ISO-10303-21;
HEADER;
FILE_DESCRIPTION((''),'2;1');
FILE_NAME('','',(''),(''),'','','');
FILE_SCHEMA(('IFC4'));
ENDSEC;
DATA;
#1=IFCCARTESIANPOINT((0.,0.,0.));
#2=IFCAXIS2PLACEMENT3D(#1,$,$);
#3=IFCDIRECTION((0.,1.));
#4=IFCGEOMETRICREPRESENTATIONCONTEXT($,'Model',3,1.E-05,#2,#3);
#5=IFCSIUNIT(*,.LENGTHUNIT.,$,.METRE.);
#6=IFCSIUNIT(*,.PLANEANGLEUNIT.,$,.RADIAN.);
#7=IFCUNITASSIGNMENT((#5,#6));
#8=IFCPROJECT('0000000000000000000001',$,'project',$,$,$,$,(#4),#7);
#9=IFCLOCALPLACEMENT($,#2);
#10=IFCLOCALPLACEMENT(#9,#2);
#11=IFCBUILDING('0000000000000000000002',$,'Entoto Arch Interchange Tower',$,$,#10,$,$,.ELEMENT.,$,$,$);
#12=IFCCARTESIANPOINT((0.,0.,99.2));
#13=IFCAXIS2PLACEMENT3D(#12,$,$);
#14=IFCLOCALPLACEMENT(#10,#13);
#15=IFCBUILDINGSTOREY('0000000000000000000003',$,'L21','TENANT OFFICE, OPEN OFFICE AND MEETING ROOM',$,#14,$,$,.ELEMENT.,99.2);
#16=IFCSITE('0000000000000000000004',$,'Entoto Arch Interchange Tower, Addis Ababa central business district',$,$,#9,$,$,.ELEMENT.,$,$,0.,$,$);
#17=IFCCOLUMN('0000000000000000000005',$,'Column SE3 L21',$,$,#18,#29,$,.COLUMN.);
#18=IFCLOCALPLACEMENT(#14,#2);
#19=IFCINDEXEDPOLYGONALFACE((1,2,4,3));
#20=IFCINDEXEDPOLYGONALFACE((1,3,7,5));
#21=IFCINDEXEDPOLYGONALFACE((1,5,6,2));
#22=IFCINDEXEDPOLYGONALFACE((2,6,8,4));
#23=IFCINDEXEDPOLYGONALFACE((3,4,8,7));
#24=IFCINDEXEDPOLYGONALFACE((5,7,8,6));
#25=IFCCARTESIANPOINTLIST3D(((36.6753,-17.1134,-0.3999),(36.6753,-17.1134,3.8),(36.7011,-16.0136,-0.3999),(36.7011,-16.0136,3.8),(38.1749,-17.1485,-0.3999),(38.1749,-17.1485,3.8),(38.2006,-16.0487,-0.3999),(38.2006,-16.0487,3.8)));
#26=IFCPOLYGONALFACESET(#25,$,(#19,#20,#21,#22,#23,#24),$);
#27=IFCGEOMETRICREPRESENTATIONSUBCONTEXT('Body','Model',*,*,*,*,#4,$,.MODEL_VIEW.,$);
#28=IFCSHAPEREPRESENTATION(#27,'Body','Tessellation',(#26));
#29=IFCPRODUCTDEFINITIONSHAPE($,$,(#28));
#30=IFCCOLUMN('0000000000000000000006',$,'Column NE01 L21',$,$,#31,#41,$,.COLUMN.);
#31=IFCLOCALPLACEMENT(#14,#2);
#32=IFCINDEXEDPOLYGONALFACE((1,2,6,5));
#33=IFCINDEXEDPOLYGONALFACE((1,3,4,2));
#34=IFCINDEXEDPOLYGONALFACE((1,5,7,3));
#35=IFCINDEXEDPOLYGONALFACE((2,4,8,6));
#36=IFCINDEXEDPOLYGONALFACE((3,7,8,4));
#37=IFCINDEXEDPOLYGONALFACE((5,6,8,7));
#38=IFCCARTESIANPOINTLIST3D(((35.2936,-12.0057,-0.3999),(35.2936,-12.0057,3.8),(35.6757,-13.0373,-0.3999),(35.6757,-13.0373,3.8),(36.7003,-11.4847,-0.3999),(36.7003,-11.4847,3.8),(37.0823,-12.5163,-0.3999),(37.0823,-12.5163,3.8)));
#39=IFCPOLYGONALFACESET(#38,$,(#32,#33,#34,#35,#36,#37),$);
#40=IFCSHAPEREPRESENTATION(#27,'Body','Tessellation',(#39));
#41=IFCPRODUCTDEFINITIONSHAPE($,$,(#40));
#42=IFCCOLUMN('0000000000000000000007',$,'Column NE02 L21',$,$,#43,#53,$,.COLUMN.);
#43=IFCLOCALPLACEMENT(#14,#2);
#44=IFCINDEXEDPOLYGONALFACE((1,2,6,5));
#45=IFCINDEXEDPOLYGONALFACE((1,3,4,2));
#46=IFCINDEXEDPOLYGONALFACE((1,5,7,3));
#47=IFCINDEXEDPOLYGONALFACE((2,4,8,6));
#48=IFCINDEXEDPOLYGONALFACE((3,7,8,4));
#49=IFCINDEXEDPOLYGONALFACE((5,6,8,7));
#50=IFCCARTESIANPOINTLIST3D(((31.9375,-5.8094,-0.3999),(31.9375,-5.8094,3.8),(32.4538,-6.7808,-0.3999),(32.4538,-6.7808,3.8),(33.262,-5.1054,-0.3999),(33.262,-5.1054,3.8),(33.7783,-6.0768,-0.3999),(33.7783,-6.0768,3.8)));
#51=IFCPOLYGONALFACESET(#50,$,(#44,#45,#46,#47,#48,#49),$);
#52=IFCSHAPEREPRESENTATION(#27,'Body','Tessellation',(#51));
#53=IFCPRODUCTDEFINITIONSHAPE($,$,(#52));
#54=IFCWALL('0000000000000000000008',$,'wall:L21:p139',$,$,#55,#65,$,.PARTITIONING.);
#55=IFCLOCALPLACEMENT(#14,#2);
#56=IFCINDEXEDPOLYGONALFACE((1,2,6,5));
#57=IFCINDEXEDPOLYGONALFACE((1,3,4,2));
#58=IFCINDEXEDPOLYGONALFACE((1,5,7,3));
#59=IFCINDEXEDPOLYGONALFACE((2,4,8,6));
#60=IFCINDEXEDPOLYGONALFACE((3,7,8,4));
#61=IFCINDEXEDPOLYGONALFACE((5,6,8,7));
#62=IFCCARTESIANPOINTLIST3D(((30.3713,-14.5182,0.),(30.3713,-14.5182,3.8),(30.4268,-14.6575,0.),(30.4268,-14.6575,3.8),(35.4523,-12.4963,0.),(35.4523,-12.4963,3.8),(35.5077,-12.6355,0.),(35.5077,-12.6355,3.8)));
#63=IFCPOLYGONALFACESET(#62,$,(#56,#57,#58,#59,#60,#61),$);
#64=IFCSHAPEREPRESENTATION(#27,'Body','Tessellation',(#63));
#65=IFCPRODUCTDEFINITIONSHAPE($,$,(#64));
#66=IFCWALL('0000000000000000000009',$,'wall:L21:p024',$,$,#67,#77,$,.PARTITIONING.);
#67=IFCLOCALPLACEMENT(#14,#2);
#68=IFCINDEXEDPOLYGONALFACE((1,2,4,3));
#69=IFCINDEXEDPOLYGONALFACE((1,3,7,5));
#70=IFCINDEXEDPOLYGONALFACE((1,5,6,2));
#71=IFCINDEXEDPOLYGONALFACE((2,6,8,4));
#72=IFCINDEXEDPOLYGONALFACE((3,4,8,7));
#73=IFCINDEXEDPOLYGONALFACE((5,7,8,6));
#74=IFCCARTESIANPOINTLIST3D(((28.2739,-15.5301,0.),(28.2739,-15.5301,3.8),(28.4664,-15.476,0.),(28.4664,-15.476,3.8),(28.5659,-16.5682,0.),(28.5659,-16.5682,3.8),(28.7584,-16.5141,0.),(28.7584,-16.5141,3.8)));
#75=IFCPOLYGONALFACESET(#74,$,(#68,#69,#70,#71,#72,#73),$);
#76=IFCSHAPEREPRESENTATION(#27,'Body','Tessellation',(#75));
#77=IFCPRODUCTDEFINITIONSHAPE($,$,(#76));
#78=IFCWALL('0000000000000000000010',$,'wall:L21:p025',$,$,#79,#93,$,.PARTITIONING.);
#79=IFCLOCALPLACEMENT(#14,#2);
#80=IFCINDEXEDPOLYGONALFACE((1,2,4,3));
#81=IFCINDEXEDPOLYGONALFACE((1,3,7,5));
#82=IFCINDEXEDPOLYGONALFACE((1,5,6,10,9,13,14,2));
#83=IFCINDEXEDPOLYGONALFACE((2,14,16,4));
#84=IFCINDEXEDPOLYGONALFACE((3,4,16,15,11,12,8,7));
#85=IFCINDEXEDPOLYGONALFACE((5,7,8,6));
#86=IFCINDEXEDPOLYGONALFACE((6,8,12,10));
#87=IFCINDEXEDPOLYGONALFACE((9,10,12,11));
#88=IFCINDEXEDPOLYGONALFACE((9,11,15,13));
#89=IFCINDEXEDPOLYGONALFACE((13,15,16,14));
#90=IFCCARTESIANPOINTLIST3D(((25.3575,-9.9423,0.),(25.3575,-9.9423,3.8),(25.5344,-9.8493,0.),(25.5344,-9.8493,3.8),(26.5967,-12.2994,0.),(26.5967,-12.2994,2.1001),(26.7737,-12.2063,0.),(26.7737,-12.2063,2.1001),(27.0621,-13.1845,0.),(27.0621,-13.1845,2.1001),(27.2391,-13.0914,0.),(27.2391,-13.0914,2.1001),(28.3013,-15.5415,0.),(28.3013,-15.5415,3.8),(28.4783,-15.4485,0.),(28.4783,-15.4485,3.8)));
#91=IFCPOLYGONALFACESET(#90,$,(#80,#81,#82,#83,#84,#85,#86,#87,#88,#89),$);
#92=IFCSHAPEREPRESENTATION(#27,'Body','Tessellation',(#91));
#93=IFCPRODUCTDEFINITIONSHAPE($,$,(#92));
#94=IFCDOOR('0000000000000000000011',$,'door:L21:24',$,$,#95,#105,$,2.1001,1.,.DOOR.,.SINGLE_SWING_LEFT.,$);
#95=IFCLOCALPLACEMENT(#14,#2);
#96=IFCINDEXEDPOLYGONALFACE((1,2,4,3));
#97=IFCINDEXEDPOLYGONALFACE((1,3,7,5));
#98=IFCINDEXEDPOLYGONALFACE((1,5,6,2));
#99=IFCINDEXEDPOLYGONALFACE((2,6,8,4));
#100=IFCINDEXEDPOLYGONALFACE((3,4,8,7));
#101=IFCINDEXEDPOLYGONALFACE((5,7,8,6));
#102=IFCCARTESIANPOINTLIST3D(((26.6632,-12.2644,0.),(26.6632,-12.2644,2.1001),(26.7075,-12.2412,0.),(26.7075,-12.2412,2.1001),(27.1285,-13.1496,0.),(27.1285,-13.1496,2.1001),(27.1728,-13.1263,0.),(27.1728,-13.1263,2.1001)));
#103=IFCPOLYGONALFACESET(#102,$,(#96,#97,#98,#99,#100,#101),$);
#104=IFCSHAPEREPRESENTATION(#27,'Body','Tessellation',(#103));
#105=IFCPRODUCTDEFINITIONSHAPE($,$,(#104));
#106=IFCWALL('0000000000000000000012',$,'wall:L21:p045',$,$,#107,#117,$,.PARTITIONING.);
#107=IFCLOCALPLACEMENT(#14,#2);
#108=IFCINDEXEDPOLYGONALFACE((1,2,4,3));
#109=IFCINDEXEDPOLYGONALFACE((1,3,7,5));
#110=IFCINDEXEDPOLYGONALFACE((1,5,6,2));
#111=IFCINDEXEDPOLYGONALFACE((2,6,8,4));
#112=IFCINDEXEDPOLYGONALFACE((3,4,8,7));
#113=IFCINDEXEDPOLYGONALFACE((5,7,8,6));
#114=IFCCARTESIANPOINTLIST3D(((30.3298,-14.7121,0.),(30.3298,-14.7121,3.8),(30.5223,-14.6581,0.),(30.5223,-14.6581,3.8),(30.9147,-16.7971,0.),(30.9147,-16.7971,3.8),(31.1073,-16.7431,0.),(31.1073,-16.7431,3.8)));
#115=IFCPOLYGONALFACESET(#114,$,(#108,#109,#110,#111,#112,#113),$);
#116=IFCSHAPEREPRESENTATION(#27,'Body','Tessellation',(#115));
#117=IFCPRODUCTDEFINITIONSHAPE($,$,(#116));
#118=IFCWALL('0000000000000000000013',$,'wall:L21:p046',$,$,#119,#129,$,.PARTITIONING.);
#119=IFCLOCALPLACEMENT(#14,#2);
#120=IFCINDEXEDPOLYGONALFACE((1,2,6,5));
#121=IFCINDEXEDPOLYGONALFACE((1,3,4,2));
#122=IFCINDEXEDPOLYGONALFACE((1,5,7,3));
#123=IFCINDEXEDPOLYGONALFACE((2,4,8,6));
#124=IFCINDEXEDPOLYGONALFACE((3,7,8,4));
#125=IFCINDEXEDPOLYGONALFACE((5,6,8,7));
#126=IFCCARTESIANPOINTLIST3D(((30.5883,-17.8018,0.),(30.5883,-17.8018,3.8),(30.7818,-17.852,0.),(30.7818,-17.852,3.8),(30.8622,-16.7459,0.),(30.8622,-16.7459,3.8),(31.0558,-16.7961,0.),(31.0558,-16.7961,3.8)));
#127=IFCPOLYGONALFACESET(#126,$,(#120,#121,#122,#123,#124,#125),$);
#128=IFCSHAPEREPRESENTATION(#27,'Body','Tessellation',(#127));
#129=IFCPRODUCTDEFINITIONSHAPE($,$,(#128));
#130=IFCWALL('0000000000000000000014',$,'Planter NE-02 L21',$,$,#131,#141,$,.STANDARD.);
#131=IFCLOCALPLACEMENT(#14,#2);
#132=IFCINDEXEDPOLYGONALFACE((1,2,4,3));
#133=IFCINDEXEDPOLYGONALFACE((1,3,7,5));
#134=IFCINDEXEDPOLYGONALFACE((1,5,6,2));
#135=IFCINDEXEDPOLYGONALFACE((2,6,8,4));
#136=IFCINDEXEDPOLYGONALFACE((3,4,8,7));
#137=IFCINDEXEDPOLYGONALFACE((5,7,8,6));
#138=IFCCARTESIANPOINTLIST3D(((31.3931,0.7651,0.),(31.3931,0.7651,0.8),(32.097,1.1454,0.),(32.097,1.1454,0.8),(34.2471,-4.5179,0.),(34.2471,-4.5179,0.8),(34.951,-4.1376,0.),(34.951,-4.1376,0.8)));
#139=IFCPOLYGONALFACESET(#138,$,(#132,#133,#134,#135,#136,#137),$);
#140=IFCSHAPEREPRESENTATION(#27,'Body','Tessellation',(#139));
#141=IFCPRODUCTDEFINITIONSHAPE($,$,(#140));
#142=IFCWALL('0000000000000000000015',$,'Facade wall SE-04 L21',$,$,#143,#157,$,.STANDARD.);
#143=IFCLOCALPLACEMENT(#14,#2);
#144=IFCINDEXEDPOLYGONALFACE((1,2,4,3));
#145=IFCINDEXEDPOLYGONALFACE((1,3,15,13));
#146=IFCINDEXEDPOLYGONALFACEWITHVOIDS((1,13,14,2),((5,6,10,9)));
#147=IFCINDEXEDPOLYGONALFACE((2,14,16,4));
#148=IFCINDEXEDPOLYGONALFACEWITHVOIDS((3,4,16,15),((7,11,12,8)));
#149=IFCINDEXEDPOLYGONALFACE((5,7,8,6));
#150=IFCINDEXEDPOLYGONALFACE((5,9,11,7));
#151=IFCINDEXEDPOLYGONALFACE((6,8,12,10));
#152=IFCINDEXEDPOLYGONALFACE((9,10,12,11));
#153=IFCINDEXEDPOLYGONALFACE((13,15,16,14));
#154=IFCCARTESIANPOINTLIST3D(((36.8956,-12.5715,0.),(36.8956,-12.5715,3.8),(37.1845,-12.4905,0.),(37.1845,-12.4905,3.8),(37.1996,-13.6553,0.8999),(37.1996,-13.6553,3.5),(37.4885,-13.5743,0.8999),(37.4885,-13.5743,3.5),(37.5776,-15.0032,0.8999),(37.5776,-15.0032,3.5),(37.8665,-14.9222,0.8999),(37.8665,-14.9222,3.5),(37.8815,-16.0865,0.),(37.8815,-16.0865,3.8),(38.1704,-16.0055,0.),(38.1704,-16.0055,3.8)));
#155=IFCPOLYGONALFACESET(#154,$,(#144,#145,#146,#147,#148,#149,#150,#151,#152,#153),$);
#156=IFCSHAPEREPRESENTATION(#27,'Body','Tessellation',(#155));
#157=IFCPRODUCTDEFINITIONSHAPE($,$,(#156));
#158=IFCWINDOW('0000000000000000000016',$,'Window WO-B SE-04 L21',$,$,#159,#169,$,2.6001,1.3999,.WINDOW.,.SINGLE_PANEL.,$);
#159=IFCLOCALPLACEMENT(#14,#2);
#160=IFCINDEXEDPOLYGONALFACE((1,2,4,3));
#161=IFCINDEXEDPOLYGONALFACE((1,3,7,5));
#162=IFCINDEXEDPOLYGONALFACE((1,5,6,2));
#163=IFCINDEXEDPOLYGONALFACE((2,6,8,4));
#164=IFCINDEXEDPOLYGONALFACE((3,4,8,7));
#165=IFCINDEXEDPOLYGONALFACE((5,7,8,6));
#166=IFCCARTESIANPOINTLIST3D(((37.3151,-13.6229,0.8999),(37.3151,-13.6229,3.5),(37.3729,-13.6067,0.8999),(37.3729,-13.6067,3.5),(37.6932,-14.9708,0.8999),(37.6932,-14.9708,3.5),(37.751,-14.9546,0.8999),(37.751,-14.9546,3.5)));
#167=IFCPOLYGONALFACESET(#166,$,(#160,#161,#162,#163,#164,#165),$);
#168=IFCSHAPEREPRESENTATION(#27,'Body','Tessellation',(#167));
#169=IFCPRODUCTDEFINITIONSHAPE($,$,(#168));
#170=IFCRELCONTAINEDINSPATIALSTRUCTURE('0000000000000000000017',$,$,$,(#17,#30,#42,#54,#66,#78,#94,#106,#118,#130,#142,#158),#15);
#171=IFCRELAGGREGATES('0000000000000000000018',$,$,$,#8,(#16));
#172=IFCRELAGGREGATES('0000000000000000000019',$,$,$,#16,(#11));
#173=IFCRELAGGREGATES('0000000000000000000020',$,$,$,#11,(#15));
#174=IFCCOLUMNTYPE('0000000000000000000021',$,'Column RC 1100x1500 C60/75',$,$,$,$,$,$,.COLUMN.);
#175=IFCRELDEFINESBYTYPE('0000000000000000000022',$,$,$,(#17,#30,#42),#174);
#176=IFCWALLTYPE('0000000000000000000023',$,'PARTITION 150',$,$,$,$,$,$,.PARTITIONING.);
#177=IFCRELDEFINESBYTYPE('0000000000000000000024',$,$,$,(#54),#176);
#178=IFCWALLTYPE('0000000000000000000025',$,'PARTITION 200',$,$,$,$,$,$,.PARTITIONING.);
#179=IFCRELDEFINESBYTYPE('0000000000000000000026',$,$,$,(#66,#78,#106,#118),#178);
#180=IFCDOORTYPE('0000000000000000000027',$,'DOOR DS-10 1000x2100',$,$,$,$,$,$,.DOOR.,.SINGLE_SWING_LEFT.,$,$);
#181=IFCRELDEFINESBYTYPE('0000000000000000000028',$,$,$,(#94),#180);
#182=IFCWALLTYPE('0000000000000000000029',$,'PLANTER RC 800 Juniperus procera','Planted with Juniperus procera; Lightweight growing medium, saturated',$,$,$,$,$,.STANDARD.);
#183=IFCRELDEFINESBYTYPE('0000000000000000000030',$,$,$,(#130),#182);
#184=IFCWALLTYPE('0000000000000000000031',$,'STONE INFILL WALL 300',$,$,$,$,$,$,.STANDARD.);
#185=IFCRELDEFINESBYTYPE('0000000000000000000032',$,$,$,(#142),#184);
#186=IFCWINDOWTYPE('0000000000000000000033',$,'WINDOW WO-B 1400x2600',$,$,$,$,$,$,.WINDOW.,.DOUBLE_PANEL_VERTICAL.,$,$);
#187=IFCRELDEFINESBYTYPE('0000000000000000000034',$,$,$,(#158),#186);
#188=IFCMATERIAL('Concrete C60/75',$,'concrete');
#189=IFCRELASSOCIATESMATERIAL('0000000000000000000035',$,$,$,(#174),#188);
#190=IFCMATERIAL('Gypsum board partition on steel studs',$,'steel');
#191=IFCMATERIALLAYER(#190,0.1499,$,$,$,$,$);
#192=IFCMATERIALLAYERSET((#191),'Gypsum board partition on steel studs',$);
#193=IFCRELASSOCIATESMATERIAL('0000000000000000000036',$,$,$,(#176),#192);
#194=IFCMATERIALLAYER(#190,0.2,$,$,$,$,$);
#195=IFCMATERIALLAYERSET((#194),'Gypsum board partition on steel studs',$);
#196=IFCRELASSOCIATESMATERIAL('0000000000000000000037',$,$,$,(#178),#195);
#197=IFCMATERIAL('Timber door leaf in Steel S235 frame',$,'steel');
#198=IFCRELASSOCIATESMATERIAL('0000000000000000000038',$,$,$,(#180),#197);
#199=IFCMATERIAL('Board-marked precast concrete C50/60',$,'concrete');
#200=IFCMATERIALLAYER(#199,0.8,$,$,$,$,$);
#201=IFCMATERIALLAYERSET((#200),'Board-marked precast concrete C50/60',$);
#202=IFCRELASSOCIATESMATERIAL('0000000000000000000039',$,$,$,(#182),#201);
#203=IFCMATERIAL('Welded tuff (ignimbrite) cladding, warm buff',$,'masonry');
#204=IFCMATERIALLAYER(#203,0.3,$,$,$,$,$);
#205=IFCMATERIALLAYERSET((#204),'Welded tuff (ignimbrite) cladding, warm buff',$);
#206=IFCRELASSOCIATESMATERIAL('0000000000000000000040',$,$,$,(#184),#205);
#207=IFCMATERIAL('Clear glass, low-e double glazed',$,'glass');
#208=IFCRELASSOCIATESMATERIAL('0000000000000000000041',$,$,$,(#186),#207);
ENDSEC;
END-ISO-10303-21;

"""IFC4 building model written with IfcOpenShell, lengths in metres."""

from ifc_helpers import new_model, si_unit, direction, frame, frame_2d, origin, origin_2d, place, context, subcontext, project, spatial, rectangle, extrude, material, layer, layer_set, material_profile, profile_set, type_object, element, fill, save


model = new_model("IFC4")

# Units and contexts
model_context = context("Model", 3, precision=1e-05, world=origin(), true_north=direction((0.0, 1.0)))
body_context = subcontext(model_context, "Body", "Model", "MODEL_VIEW")
ifc_project = project(units=[si_unit("LENGTHUNIT", "METRE"), si_unit("PLANEANGLEUNIT", "RADIAN")], contexts=[model_context])

# Site, building, storey
site_placement = place(None, origin())
site = spatial("IfcSite", under=ifc_project, at=site_placement, Name="Entoto Arch Interchange Tower, Addis Ababa central business district", CompositionType="ELEMENT", RefElevation=0.0)
building_placement = place(site_placement, origin())
building = spatial("IfcBuilding", under=site, at=building_placement, Name="Entoto Arch Interchange Tower", CompositionType="ELEMENT")
storey_placement = place(building_placement, frame((0.0, 0.0, 99.2)))
storey = spatial("IfcBuildingStorey", under=building, at=storey_placement, Name="L21", Description="TENANT OFFICE, OPEN OFFICE AND MEETING ROOM", CompositionType="ELEMENT", Elevation=99.2)

# Columns
ifc_material_1 = material(Name="Concrete C60/75", Category="concrete")
ifc_material_profile = material_profile(ifc_material_1, rectangle(XDim=1.1001, YDim=1.5, at=origin_2d()))
ifc_profile_set = profile_set([ifc_material_profile], Name="Concrete C60/75")
column_type = type_object("IfcColumnType", Name="Column RC 1100x1500 C60/75", PredefinedType="COLUMN", material=ifc_profile_set)
for number, where, z_axis, x_axis, name in (
    (1, (37.438, -16.5811, -0.3999), (0.0, 0.0, 1.0), (0.023385, 0.999727, 0.0), "Column SE3 L21"),
    (2, (36.188, -12.261, -0.3999), (0.0, 0.0, 1.0), (-0.347312, 0.93775, 0.0), "Column NE01 L21"),
    (3, (32.8579, -5.9431, -0.3999), (0.0, 0.0, 1.0), (-0.469333, 0.883021, 0.0), "Column NE02 L21"),
):
    element("IfcColumn", number, at=place(storey_placement, frame(where, z_axis=z_axis, x_axis=x_axis)), inside=storey, type_object=column_type, Name=name, PredefinedType="COLUMN", context=body_context, shape_type="SweptSolid", body=[
        extrude(rectangle(XDim=1.1001, YDim=1.5, at=origin_2d()), origin(), (0.0, 0.0, 1.0), 4.2),
    ])

# Walls
ifc_material_2 = material(Name="Gypsum board partition on steel studs", Category="steel")
ifc_layer_1 = layer(ifc_material_2, 0.1499)
ifc_layer_set_1 = layer_set([ifc_layer_1], Name="Gypsum board partition on steel studs")
wall_type_1 = type_object("IfcWallType", Name="PARTITION 150", PredefinedType="PARTITIONING", material=ifc_layer_set_1)
wall_1_placement = place(storey_placement, frame((30.3989, -14.5879, 0.0), z_axis=(0.0, 0.0, 1.0), x_axis=(0.929134, 0.369743, 0.0)))
element("IfcWall", 4, at=wall_1_placement, inside=storey, type_object=wall_type_1, Name="wall:L21:p139", PredefinedType="PARTITIONING", context=body_context, shape_type="SweptSolid", body=[
    extrude(rectangle(XDim=5.4685, YDim=0.1499, at=frame_2d((2.7344, 0.0))), origin(), (0.0, 0.0, 1.0), 3.8),
])
ifc_layer_2 = layer(ifc_material_2, 0.2)
ifc_layer_set_2 = layer_set([ifc_layer_2], Name="Gypsum board partition on steel studs")
wall_type_2 = type_object("IfcWallType", Name="PARTITION 200", PredefinedType="PARTITIONING", material=ifc_layer_set_2)
wall_2_placement = place(storey_placement, frame((28.6621, -16.541, 0.0), z_axis=(0.0, 0.0, 1.0), x_axis=(-0.270772, 0.962644, 0.0)))
element("IfcWall", 5, at=wall_2_placement, inside=storey, type_object=wall_type_2, Name="wall:L21:p024", PredefinedType="PARTITIONING", context=body_context, shape_type="SweptSolid", body=[
    extrude(rectangle(XDim=1.0784, YDim=0.2, at=frame_2d((0.5391, 0.0))), origin(), (0.0, 0.0, 1.0), 3.8),
])

# Wall, opening, door
wall_3_placement = place(storey_placement, frame((28.3899, -15.4951, 0.0), z_axis=(0.0, 0.0, 1.0), x_axis=(-0.465368, 0.885117, 0.0)))
wall_3 = element("IfcWall", 6, at=wall_3_placement, inside=storey, type_object=wall_type_2, Name="wall:L21:p025", PredefinedType="PARTITIONING", context=body_context, shape_type="SweptSolid", body=[
    extrude(rectangle(XDim=6.3259, YDim=0.2, at=frame_2d((3.1631, 0.0))), origin(), (0.0, 0.0, 1.0), 3.8),
])
opening_1_placement = place(wall_3_placement, frame((2.6631, 0.0, 0.0)))
opening_1 = element("IfcOpeningElement", 7, at=opening_1_placement, cuts=wall_3, PredefinedType="OPENING", context=body_context, shape_type="SweptSolid", body=[
    extrude(rectangle(XDim=1.0, YDim=2.1001, at=frame_2d((0.5, 1.05))), frame((0.0, 0.1099, 0.0), z_axis=(0.0, -1.0, 0.0), x_axis=(1.0, 0.0, 0.0)), (0.0, 0.0, 1.0), 0.22),
])
ifc_material_3 = material(Name="Timber door leaf in Steel S235 frame", Category="steel")
door_type_1 = type_object("IfcDoorType", Name="DOOR DS-10 1000x2100", OperationType="SINGLE_SWING_LEFT", PredefinedType="DOOR", material=ifc_material_3)
door_1_placement = place(opening_1_placement, origin())
door_1 = element("IfcDoor", 8, at=door_1_placement, inside=storey, type_object=door_type_1, Name="door:L21:24", OperationType="SINGLE_SWING_LEFT", OverallHeight=2.1001, OverallWidth=1.0, PredefinedType="DOOR", context=body_context, shape_type="SweptSolid", body=[
    extrude(rectangle(XDim=1.0, YDim=2.1001, at=frame_2d((0.5, 1.05))), frame((0.0, 0.0249, 0.0), z_axis=(0.0, -1.0, 0.0), x_axis=(1.0, 0.0, 0.0)), (0.0, 0.0, 1.0), 0.05),
])
fill(opening_1, door_1)

# Walls
wall_4_placement = place(storey_placement, frame((30.426, -14.6851, 0.0), z_axis=(0.0, 0.0, 1.0), x_axis=(0.270132, -0.962823, 0.0)))
element("IfcWall", 9, at=wall_4_placement, inside=storey, type_object=wall_type_2, Name="wall:L21:p045", PredefinedType="PARTITIONING", context=body_context, shape_type="SweptSolid", body=[
    extrude(rectangle(XDim=2.1655, YDim=0.2, at=frame_2d((1.0828, 0.0))), origin(), (0.0, 0.0, 1.0), 3.8),
])
wall_5_placement = place(storey_placement, frame((30.959, -16.771, 0.0), z_axis=(0.0, 0.0, 1.0), x_axis=(-0.25111, -0.967959, 0.0)))
element("IfcWall", 10, at=wall_5_placement, inside=storey, type_object=wall_type_2, Name="wall:L21:p046", PredefinedType="PARTITIONING", context=body_context, shape_type="SweptSolid", body=[
    extrude(rectangle(XDim=1.0908, YDim=0.2, at=frame_2d((0.5454, 0.0))), origin(), (0.0, 0.0, 1.0), 3.8),
])
ifc_material_4 = material(Name="Board-marked precast concrete C50/60", Category="concrete")
ifc_layer_3 = layer(ifc_material_4, 0.8)
ifc_layer_set_3 = layer_set([ifc_layer_3], Name="Board-marked precast concrete C50/60")
wall_type_3 = type_object("IfcWallType", Name="PLANTER RC 800 Juniperus procera", Description="Planted with Juniperus procera; Lightweight growing medium, saturated", PredefinedType="STANDARD", material=ifc_layer_set_3)
wall_6_placement = place(storey_placement, frame((34.5991, -4.3279, 0.0), z_axis=(0.0, 0.0, 1.0), x_axis=(-0.475304, 0.879821, 0.0)))
element("IfcWall", 11, at=wall_6_placement, inside=storey, type_object=wall_type_3, Name="Planter NE-02 L21", PredefinedType="STANDARD", context=body_context, shape_type="SweptSolid", body=[
    extrude(rectangle(XDim=6.0046, YDim=0.8, at=frame_2d((3.0024, 0.0))), origin(), (0.0, 0.0, 1.0), 0.8),
])

# Wall, opening, window
ifc_material_5 = material(Name="Welded tuff (ignimbrite) cladding, warm buff", Category="masonry")
ifc_layer_4 = layer(ifc_material_5, 0.3)
ifc_layer_set_4 = layer_set([ifc_layer_4], Name="Welded tuff (ignimbrite) cladding, warm buff")
wall_type_4 = type_object("IfcWallType", Name="STONE INFILL WALL 300", PredefinedType="STANDARD", material=ifc_layer_set_4)
wall_7_placement = place(storey_placement, frame((38.0259, -16.0459, 0.0), z_axis=(0.0, 0.0, 1.0), x_axis=(-0.270054, 0.962845, 0.0)))
wall_7 = element("IfcWall", 12, at=wall_7_placement, inside=storey, type_object=wall_type_4, Name="Facade wall SE-04 L21", PredefinedType="STANDARD", context=body_context, shape_type="SweptSolid", body=[
    extrude(rectangle(XDim=3.6506, YDim=0.3, at=frame_2d((1.8252, 0.0))), origin(), (0.0, 0.0, 1.0), 3.8),
])
opening_2_placement = place(wall_7_placement, frame((1.125, 0.0, 0.8999)))
opening_2 = element("IfcOpeningElement", 13, at=opening_2_placement, cuts=wall_7, PredefinedType="OPENING", context=body_context, shape_type="SweptSolid", body=[
    extrude(rectangle(XDim=1.3999, YDim=2.6001, at=frame_2d((0.7, 1.3))), frame((0.0, 0.1602, 0.0), z_axis=(0.0, -1.0, 0.0), x_axis=(1.0, 0.0, 0.0)), (0.0, 0.0, 1.0), 0.3201),
])
ifc_material_6 = material(Name="Clear glass, low-e double glazed", Category="glass")
window_type_1 = type_object("IfcWindowType", Name="WINDOW WO-B 1400x2600", PartitioningType="DOUBLE_PANEL_VERTICAL", PredefinedType="WINDOW", material=ifc_material_6)
window_1_placement = place(opening_2_placement, origin())
window_1 = element("IfcWindow", 14, at=window_1_placement, inside=storey, type_object=window_type_1, Name="Window WO-B SE-04 L21", OverallHeight=2.6001, OverallWidth=1.3999, PartitioningType="SINGLE_PANEL", PredefinedType="WINDOW", context=body_context, shape_type="SweptSolid", body=[
    extrude(rectangle(XDim=1.3999, YDim=2.6001, at=frame_2d((0.7, 1.3))), frame((0.0, 0.03, 0.0), z_axis=(0.0, -1.0, 0.0), x_axis=(1.0, 0.0, 0.0)), (0.0, 0.0, 1.0), 0.0601),
])
fill(opening_2, window_1)

save(model, "model.ifc")
